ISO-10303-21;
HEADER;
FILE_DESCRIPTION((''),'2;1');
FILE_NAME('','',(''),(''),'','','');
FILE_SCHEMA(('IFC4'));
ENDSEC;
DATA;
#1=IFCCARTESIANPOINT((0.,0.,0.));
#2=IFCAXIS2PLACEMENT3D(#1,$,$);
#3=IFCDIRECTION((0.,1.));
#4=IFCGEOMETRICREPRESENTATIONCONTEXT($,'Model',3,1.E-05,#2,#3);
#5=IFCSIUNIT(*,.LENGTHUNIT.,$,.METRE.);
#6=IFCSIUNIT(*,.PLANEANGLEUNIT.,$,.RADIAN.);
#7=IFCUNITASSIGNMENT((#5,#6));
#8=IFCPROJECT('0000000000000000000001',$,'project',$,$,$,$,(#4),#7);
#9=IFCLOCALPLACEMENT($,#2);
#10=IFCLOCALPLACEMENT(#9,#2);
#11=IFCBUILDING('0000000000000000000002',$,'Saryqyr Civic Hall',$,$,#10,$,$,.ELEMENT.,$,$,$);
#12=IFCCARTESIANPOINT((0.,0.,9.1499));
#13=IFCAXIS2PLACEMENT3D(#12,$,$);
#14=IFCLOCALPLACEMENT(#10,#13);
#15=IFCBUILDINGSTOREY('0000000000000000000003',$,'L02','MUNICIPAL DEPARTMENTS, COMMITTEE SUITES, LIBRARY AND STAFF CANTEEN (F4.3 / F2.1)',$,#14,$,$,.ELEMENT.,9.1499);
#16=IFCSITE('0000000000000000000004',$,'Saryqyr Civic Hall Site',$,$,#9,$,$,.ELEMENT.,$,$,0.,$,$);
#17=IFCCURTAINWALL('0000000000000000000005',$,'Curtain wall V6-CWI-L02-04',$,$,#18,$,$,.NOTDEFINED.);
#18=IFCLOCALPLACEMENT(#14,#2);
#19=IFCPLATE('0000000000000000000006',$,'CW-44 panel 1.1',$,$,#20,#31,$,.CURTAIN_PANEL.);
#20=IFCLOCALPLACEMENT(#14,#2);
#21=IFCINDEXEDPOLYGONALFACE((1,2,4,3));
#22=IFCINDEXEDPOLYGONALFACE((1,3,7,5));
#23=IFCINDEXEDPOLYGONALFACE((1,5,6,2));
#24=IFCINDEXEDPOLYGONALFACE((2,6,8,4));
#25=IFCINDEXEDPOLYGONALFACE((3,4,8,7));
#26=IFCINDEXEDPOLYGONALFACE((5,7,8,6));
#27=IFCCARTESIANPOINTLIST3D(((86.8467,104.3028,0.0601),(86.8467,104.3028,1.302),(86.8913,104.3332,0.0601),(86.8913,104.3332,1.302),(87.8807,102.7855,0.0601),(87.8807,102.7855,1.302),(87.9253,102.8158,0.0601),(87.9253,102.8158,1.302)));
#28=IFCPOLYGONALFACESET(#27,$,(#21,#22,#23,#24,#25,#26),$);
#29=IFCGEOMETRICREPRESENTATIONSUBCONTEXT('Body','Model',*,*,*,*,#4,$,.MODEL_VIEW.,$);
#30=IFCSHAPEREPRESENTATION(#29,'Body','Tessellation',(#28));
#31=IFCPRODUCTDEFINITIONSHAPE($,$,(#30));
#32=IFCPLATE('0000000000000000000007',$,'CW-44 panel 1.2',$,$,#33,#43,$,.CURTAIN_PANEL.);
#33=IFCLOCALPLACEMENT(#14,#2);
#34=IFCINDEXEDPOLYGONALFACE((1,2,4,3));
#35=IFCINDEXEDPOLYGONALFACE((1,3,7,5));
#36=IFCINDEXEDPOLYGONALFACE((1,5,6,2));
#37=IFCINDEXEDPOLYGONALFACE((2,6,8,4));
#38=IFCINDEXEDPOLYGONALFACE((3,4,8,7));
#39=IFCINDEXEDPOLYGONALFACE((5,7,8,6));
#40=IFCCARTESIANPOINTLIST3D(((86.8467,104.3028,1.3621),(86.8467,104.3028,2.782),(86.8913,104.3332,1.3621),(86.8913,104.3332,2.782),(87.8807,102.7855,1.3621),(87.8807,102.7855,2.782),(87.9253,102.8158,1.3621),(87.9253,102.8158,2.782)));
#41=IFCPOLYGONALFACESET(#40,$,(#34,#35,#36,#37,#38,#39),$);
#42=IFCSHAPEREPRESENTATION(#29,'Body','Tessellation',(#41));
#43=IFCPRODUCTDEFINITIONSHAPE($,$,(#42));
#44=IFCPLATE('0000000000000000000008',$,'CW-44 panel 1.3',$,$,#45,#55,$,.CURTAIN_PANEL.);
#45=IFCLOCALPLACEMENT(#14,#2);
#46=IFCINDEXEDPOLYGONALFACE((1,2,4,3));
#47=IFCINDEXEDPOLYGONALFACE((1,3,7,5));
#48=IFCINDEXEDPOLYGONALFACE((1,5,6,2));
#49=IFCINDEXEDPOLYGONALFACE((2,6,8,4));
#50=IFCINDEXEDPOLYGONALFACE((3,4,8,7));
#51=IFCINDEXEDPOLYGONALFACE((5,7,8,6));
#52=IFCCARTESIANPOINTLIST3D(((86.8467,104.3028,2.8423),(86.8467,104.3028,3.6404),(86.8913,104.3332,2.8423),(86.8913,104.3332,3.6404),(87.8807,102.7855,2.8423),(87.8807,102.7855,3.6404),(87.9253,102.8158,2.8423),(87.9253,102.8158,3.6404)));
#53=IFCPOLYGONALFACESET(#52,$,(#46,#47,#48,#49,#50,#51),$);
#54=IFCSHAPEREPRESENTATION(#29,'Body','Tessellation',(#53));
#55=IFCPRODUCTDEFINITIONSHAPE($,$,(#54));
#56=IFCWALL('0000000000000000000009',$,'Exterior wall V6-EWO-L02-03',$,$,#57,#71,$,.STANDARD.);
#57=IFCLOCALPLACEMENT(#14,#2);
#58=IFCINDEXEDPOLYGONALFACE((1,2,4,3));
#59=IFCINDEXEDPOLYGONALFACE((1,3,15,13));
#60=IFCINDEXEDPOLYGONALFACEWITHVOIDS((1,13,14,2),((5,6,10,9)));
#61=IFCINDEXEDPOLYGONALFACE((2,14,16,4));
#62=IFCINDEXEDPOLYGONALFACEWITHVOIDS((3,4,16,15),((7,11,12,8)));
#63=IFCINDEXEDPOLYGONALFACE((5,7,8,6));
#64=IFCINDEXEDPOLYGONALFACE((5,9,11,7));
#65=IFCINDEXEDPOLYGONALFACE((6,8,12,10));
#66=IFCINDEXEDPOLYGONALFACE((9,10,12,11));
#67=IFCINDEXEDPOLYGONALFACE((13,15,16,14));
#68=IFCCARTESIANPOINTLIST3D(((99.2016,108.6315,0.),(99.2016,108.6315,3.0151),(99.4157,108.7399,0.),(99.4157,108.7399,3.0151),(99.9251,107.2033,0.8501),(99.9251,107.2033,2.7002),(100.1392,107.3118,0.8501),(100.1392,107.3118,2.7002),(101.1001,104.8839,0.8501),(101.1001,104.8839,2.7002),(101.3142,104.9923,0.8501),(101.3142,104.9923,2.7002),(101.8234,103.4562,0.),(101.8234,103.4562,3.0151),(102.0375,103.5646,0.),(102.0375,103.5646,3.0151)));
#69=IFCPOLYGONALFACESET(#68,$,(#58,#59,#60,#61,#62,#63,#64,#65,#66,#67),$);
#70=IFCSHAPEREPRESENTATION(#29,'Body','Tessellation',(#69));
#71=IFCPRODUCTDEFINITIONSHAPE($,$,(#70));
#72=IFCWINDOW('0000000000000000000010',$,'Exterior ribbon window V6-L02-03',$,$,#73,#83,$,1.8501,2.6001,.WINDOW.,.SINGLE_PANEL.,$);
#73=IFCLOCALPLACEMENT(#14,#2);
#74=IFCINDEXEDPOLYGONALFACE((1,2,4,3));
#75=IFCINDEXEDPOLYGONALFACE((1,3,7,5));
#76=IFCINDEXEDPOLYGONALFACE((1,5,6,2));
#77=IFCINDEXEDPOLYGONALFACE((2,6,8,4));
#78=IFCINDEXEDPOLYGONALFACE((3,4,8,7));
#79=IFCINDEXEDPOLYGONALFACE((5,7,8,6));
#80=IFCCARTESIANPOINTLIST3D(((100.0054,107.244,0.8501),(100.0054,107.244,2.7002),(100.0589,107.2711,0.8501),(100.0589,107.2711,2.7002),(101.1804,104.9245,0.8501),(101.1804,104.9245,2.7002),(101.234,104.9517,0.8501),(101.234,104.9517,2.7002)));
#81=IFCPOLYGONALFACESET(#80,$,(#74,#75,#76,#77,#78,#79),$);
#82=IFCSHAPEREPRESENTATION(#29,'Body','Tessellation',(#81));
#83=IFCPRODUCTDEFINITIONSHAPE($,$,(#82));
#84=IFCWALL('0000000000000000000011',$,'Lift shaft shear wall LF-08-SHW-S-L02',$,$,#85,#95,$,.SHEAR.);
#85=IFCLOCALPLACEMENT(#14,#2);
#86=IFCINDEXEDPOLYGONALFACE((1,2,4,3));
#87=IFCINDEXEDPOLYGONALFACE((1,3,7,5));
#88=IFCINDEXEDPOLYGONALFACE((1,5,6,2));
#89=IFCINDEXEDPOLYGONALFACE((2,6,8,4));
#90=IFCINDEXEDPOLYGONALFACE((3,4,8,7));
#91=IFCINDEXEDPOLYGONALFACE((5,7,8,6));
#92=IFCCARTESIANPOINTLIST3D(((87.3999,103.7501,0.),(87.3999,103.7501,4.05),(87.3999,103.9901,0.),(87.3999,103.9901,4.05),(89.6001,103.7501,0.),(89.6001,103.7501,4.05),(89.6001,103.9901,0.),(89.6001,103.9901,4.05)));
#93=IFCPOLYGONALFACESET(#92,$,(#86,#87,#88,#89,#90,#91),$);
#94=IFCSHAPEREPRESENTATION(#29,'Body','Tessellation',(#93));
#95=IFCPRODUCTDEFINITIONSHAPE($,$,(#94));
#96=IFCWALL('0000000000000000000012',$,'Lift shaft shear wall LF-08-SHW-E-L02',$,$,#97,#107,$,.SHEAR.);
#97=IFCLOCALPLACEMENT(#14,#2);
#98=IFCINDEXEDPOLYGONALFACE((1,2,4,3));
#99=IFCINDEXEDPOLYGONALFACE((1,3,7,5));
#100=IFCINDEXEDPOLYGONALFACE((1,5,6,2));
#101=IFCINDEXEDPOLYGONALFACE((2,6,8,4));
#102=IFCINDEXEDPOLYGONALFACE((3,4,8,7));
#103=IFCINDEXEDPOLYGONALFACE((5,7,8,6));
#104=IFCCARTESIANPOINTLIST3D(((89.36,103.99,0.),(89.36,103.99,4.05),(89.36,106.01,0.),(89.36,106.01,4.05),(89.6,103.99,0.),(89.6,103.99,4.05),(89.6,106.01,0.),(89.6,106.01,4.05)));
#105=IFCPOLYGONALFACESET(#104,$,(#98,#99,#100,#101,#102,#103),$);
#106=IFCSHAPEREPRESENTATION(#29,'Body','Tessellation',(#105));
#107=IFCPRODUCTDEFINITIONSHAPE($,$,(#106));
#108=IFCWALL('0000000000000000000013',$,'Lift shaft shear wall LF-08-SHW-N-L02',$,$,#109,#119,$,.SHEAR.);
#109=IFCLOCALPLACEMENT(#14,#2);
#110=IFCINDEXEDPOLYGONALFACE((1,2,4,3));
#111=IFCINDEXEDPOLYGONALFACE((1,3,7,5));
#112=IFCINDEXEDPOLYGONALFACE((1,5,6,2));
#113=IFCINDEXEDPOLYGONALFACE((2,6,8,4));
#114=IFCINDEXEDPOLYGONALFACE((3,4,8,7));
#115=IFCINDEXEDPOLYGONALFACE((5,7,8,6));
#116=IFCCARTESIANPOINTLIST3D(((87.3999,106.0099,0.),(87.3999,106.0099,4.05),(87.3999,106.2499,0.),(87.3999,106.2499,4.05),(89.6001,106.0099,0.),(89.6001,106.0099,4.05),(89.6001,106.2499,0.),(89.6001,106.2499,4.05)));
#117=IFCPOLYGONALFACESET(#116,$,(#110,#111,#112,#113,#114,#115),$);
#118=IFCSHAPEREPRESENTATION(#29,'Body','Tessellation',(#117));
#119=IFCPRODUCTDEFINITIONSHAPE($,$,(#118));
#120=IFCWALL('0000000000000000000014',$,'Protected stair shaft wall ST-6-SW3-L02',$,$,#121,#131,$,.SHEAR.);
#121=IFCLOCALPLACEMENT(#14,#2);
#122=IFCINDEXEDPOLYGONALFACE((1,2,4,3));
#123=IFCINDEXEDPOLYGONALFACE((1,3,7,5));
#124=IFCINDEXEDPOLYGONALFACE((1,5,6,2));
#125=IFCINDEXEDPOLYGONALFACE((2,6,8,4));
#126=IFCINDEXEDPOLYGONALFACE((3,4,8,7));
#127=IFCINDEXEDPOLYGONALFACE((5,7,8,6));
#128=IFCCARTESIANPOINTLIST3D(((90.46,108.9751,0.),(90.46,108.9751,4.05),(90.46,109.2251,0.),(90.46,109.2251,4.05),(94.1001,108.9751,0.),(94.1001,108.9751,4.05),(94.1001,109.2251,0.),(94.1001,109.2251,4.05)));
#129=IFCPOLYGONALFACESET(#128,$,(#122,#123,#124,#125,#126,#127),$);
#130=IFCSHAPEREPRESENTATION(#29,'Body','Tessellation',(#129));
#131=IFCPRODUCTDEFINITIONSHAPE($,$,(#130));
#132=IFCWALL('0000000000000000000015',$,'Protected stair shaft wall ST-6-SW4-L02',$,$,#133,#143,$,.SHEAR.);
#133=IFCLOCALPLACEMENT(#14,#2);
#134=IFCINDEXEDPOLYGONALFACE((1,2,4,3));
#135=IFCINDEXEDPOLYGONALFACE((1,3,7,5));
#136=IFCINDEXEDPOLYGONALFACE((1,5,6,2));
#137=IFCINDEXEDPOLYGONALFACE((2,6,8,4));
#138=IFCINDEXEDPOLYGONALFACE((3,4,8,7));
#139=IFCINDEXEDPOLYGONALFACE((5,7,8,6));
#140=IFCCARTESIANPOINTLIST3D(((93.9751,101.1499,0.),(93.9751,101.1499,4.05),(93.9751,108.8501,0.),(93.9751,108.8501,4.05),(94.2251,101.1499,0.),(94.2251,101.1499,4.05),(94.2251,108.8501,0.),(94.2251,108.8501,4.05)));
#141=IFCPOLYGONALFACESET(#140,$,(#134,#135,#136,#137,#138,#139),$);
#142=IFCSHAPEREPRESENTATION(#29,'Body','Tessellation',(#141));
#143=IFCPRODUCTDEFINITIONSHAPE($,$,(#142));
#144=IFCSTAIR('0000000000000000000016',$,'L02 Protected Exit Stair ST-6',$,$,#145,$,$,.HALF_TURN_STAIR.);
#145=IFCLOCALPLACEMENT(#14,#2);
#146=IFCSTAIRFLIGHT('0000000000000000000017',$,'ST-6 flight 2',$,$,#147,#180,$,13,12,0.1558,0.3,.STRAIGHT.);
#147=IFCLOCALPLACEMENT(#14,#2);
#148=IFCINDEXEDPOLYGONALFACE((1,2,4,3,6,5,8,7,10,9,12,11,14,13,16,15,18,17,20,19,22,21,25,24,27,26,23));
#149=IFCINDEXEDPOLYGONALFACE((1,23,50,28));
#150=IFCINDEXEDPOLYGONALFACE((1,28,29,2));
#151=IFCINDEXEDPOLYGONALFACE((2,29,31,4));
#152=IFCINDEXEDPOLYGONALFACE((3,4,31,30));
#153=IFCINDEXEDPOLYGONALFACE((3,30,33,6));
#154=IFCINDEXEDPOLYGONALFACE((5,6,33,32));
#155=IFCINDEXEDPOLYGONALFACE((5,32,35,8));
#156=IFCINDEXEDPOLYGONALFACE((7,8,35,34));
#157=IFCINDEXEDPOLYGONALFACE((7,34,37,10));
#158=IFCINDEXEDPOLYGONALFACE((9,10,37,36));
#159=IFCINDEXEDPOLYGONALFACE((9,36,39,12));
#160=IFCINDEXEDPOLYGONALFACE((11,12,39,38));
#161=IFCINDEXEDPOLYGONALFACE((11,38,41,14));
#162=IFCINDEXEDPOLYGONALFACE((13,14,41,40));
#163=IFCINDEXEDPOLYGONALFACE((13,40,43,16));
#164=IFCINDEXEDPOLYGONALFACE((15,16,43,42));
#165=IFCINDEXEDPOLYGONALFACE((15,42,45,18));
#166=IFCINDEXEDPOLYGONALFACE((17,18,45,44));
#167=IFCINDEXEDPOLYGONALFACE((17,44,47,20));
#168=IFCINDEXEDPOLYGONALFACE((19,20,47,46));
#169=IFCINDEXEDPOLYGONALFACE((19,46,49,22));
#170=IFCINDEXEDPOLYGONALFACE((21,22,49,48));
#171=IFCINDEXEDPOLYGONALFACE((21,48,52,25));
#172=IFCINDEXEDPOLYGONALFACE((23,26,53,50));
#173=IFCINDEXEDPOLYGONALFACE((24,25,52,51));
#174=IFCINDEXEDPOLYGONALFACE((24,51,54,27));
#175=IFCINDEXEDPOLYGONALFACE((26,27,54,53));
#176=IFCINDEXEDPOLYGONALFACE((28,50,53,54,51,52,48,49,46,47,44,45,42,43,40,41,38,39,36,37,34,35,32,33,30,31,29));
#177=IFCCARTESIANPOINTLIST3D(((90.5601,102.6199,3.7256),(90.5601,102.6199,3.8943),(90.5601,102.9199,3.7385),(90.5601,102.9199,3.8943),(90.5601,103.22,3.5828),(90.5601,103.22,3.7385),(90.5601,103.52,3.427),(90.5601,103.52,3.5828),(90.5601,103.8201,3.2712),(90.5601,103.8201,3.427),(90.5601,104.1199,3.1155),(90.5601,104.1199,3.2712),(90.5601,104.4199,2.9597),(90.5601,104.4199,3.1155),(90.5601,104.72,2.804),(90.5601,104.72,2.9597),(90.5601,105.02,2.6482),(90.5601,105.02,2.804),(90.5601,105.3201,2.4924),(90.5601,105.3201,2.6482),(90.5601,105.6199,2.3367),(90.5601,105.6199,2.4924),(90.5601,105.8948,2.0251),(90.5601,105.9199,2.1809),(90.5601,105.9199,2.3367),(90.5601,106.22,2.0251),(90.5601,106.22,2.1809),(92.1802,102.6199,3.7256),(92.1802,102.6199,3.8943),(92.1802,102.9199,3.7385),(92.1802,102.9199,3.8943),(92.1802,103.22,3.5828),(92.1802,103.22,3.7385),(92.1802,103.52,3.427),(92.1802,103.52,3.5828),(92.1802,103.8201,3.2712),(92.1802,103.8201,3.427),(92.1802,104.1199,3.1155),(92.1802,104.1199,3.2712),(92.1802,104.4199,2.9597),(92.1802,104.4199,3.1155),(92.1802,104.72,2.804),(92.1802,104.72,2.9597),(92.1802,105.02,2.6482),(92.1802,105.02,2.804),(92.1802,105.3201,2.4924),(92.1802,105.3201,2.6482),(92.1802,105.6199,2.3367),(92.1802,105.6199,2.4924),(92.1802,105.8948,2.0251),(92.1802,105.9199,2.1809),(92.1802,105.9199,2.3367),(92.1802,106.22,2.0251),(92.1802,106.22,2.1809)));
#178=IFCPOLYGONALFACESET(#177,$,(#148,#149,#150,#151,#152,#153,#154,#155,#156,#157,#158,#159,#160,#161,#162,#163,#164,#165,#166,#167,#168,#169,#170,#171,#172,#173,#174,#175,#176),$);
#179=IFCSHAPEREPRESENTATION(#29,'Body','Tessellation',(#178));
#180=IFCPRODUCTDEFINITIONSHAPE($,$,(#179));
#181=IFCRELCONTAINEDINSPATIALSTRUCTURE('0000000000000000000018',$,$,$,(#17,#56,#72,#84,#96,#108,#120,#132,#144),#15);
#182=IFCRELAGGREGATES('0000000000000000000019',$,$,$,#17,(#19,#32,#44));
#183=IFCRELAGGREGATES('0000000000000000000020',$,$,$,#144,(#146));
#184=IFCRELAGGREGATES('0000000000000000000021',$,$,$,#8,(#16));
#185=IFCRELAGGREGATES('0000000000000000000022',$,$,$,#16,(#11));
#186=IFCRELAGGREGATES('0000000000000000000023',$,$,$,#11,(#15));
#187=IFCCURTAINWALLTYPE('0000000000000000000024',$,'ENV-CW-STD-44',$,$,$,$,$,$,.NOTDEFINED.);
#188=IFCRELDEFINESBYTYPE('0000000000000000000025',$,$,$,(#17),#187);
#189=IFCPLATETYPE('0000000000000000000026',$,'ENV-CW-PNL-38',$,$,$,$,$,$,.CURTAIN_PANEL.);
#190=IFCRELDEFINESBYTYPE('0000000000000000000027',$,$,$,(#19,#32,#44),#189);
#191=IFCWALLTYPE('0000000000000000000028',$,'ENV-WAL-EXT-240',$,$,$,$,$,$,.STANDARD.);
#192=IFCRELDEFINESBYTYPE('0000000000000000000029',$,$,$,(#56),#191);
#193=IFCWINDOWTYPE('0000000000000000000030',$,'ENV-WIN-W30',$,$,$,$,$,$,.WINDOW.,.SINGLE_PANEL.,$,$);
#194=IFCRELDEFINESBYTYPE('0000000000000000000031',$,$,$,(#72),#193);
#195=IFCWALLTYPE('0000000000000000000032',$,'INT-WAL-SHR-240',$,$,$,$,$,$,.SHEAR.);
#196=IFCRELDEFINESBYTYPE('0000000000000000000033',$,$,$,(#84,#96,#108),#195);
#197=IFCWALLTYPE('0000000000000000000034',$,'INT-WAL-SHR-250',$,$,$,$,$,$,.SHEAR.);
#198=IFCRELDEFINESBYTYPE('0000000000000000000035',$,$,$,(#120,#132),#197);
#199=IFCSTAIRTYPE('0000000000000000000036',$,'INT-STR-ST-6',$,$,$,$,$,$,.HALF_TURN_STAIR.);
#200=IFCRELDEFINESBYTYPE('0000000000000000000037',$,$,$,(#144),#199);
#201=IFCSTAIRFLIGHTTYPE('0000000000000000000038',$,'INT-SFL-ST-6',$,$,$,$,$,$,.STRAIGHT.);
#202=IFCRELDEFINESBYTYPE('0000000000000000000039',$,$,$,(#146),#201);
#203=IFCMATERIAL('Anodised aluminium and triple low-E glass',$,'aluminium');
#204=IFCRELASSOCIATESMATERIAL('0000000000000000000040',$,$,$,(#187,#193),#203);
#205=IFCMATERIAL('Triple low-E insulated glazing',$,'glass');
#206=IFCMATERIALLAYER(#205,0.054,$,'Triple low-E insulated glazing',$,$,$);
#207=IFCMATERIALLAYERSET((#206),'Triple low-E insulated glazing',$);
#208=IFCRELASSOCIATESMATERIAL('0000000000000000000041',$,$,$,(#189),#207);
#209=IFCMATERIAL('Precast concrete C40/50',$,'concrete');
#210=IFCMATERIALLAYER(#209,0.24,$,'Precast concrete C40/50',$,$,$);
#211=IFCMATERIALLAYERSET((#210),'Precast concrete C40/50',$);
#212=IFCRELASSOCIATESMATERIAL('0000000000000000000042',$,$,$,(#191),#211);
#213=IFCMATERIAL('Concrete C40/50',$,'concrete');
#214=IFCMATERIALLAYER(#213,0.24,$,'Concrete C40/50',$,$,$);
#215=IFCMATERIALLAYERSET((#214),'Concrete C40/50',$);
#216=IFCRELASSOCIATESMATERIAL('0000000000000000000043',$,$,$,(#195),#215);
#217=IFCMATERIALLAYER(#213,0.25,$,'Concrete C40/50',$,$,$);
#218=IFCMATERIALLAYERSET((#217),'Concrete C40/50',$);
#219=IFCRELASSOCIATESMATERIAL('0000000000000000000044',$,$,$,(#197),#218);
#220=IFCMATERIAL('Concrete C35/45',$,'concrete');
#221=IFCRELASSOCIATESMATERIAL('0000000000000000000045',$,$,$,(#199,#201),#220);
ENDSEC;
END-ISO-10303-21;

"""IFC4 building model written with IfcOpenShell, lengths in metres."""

from ifc_helpers import new_model, si_unit, direction, frame, frame_2d, origin, origin_2d, place, context, subcontext, project, spatial, polyline, rectangle, outline, extrude, material, layer, layer_set, type_object, element, fill, aggregate, save


model = new_model("IFC4")

# Units and contexts
model_context = context("Model", 3, precision=1e-05, world=origin(), true_north=direction((0.0, 1.0)))
body_context = subcontext(model_context, "Body", "Model", "MODEL_VIEW")
ifc_project = project(units=[si_unit("LENGTHUNIT", "METRE"), si_unit("PLANEANGLEUNIT", "RADIAN")], contexts=[model_context])

# Site, building, storey
site_placement = place(None, origin())
site = spatial("IfcSite", under=ifc_project, at=site_placement, Name="Saryqyr Civic Hall Site", CompositionType="ELEMENT", RefElevation=0.0)
building_placement = place(site_placement, origin())
building = spatial("IfcBuilding", under=site, at=building_placement, Name="Saryqyr Civic Hall", CompositionType="ELEMENT")
storey_placement = place(building_placement, frame((0.0, 0.0, 9.1499)))
storey = spatial("IfcBuildingStorey", under=building, at=storey_placement, Name="L02", Description="MUNICIPAL DEPARTMENTS, COMMITTEE SUITES, LIBRARY AND STAFF CANTEEN (F4.3 / F2.1)", CompositionType="ELEMENT", Elevation=9.1499)

# Shared definitions
ifc_material_1 = material(Name="Concrete C40/50", Category="concrete")

# Shared definitions
ifc_material_2 = material(Name="Anodised aluminium and triple low-E glass", Category="aluminium")

# Curtain wall
curtain_wall_type_1 = type_object("IfcCurtainWallType", Name="ENV-CW-STD-44", PredefinedType="NOTDEFINED", material=ifc_material_2)
curtain_wall_1_placement = place(storey_placement, origin())
curtain_wall_1 = element("IfcCurtainWall", 1, at=curtain_wall_1_placement, inside=storey, type_object=curtain_wall_type_1, Name="Curtain wall V6-CWI-L02-04", PredefinedType="NOTDEFINED")

# Shared definitions
ifc_material_3 = material(Name="Concrete C35/45", Category="concrete")

# Plates
ifc_material_4 = material(Name="Triple low-E insulated glazing", Category="glass")
ifc_layer_1 = layer(ifc_material_4, 0.054, Name="Triple low-E insulated glazing")
ifc_layer_set_1 = layer_set([ifc_layer_1], Name="Triple low-E insulated glazing")
plate_type = type_object("IfcPlateType", Name="ENV-CW-PNL-38", PredefinedType="CURTAIN_PANEL", material=ifc_layer_set_1)
plate_1_placement = place(storey_placement, frame((87.386, 103.5593, 0.0601), z_axis=(0.0, 0.0, 1.0), x_axis=(-0.56313, 0.826368, 0.0)))
plate_1 = element("IfcPlate", 2, at=plate_1_placement, type_object=plate_type, Name="CW-44 panel 1.1", PredefinedType="CURTAIN_PANEL", context=body_context, shape_type="SweptSolid", body=[
    extrude(rectangle(XDim=1.8362, YDim=0.054, at=origin_2d()), origin(), (0.0, 0.0, 1.0), 1.2419),
])
plate_2_placement = place(storey_placement, frame((87.386, 103.5593, 1.3621), z_axis=(0.0, 0.0, 1.0), x_axis=(-0.56313, 0.826368, 0.0)))
plate_2 = element("IfcPlate", 3, at=plate_2_placement, type_object=plate_type, Name="CW-44 panel 1.2", PredefinedType="CURTAIN_PANEL", context=body_context, shape_type="SweptSolid", body=[
    extrude(rectangle(XDim=1.8362, YDim=0.054, at=origin_2d()), origin(), (0.0, 0.0, 1.0), 1.4199),
])
plate_3_placement = place(storey_placement, frame((87.386, 103.5593, 2.8423), z_axis=(0.0, 0.0, 1.0), x_axis=(-0.56313, 0.826368, 0.0)))
plate_3 = element("IfcPlate", 4, at=plate_3_placement, type_object=plate_type, Name="CW-44 panel 1.3", PredefinedType="CURTAIN_PANEL", context=body_context, shape_type="SweptSolid", body=[
    extrude(rectangle(XDim=1.8362, YDim=0.054, at=origin_2d()), origin(), (0.0, 0.0, 1.0), 0.7981),
])
aggregate(curtain_wall_1, [plate_1, plate_2, plate_3])

# Wall, opening, window
ifc_material_5 = material(Name="Precast concrete C40/50", Category="concrete")
ifc_layer_2 = layer(ifc_material_5, 0.24, Name="Precast concrete C40/50")
ifc_layer_set_2 = layer_set([ifc_layer_2], Name="Precast concrete C40/50")
wall_type_1 = type_object("IfcWallType", Name="ENV-WAL-EXT-240", PredefinedType="STANDARD", material=ifc_layer_set_2)
wall_1_placement = place(storey_placement, frame((99.3086, 108.6858, 0.0), z_axis=(0.0, 0.0, 1.0), x_axis=(0.451921, -0.892058, 0.0)))
wall_1 = element("IfcWall", 5, at=wall_1_placement, inside=storey, type_object=wall_type_1, Name="Exterior wall V6-EWO-L02-03", PredefinedType="STANDARD", context=body_context, shape_type="SweptSolid", body=[
    extrude(rectangle(XDim=5.8015, YDim=0.24, at=frame_2d((2.9009, 0.0))), origin(), (0.0, 0.0, 1.0), 3.0151),
])
opening_1_placement = place(wall_1_placement, frame((1.6011, 0.0, 0.8501)))
opening_1 = element("IfcOpeningElement", 6, at=opening_1_placement, cuts=wall_1, PredefinedType="OPENING", context=body_context, shape_type="SweptSolid", body=[
    extrude(rectangle(XDim=2.6001, YDim=1.8501, at=frame_2d((1.3, 0.925))), frame((0.0, 0.1299, 0.0), z_axis=(0.0, -1.0, 0.0), x_axis=(1.0, 0.0, 0.0)), (0.0, 0.0, 1.0), 0.26),
])
window_type = type_object("IfcWindowType", Name="ENV-WIN-W30", PartitioningType="SINGLE_PANEL", PredefinedType="WINDOW", material=ifc_material_2)
window_placement = place(opening_1_placement, origin())
window = element("IfcWindow", 7, at=window_placement, inside=storey, type_object=window_type, Name="Exterior ribbon window V6-L02-03", OverallHeight=1.8501, OverallWidth=2.6001, PartitioningType="SINGLE_PANEL", PredefinedType="WINDOW", context=body_context, shape_type="SweptSolid", body=[
    extrude(rectangle(XDim=2.6001, YDim=1.8501, at=frame_2d((1.3, 0.925))), frame((0.0, 0.03, 0.0), z_axis=(0.0, -1.0, 0.0), x_axis=(1.0, 0.0, 0.0)), (0.0, 0.0, 1.0), 0.0601),
])
fill(opening_1, window)

# Walls
ifc_layer_3 = layer(ifc_material_1, 0.24, Name="Concrete C40/50")
ifc_layer_set_3 = layer_set([ifc_layer_3], Name="Concrete C40/50")
wall_type_2 = type_object("IfcWallType", Name="INT-WAL-SHR-240", PredefinedType="SHEAR", material=ifc_layer_set_3)
wall_2_placement = place(storey_placement, frame((89.6001, 103.8701, 0.0), z_axis=(0.0, 0.0, 1.0), x_axis=(-1.0, 0.0, 0.0)))
element("IfcWall", 8, at=wall_2_placement, inside=storey, type_object=wall_type_2, Name="Lift shaft shear wall LF-08-SHW-S-L02", PredefinedType="SHEAR", context=body_context, shape_type="SweptSolid", body=[
    extrude(rectangle(XDim=2.2002, YDim=0.24, at=frame_2d((1.1001, 0.0))), origin(), (0.0, 0.0, 1.0), 4.05),
])
wall_3_placement = place(storey_placement, frame((89.48, 106.01, 0.0), z_axis=(0.0, 0.0, 1.0), x_axis=(0.0, -1.0, 0.0)))
element("IfcWall", 9, at=wall_3_placement, inside=storey, type_object=wall_type_2, Name="Lift shaft shear wall LF-08-SHW-E-L02", PredefinedType="SHEAR", context=body_context, shape_type="SweptSolid", body=[
    extrude(rectangle(XDim=2.02, YDim=0.24, at=frame_2d((1.01, 0.0))), origin(), (0.0, 0.0, 1.0), 4.05),
])
wall_4_placement = place(storey_placement, frame((87.3999, 106.1299, 0.0), z_axis=(0.0, 0.0, 1.0), x_axis=(1.0, 0.0, 0.0)))
element("IfcWall", 10, at=wall_4_placement, inside=storey, type_object=wall_type_2, Name="Lift shaft shear wall LF-08-SHW-N-L02", PredefinedType="SHEAR", context=body_context, shape_type="SweptSolid", body=[
    extrude(rectangle(XDim=2.2002, YDim=0.24, at=frame_2d((1.1001, 0.0))), origin(), (0.0, 0.0, 1.0), 4.05),
])

# Walls
ifc_layer_4 = layer(ifc_material_1, 0.25, Name="Concrete C40/50")
ifc_layer_set_4 = layer_set([ifc_layer_4], Name="Concrete C40/50")
wall_type_3 = type_object("IfcWallType", Name="INT-WAL-SHR-250", PredefinedType="SHEAR", material=ifc_layer_set_4)
wall_5_placement = place(storey_placement, frame((90.46, 109.1001, 0.0), z_axis=(0.0, 0.0, 1.0), x_axis=(1.0, 0.0, 0.0)))
element("IfcWall", 11, at=wall_5_placement, inside=storey, type_object=wall_type_3, Name="Protected stair shaft wall ST-6-SW3-L02", PredefinedType="SHEAR", context=body_context, shape_type="SweptSolid", body=[
    extrude(rectangle(XDim=3.6401, YDim=0.25, at=frame_2d((1.8201, 0.0))), origin(), (0.0, 0.0, 1.0), 4.05),
])
wall_6_placement = place(storey_placement, frame((94.1001, 108.8501, 0.0), z_axis=(0.0, 0.0, 1.0), x_axis=(0.0, -1.0, 0.0)))
element("IfcWall", 12, at=wall_6_placement, inside=storey, type_object=wall_type_3, Name="Protected stair shaft wall ST-6-SW4-L02", PredefinedType="SHEAR", context=body_context, shape_type="SweptSolid", body=[
    extrude(rectangle(XDim=7.7002, YDim=0.25, at=frame_2d((3.8501, 0.0))), origin(), (0.0, 0.0, 1.0), 4.05),
])

# Stair, stair flight
stair_type = type_object("IfcStairType", Name="INT-STR-ST-6", PredefinedType="HALF_TURN_STAIR", material=ifc_material_3)
stair_placement = place(storey_placement, origin())
stair = element("IfcStair", 13, at=stair_placement, inside=storey, type_object=stair_type, Name="L02 Protected Exit Stair ST-6", PredefinedType="HALF_TURN_STAIR")
stair_flight_type = type_object("IfcStairFlightType", Name="INT-SFL-ST-6", PredefinedType="STRAIGHT", material=ifc_material_3)
stair_flight_placement = place(storey_placement, frame((91.3701, 106.22, 2.0251), z_axis=(0.0, 0.0, 1.0), x_axis=(0.0, -1.0, 0.0)))
stair_flight = element("IfcStairFlight", 14, at=stair_flight_placement, type_object=stair_flight_type, Name="ST-6 flight 2", NumberOfRisers=13, NumberOfTreads=12, PredefinedType="STRAIGHT", RiserHeight=0.1558, TreadLength=0.3, context=body_context, shape_type="SweptSolid", body=[
    extrude(outline(polyline([(0.0, 0.0), (0.0, 0.1558), (0.3, 0.1558), (0.3, 0.3115), (0.6001, 0.3115), (0.6001, 0.4673), (0.8999, 0.4673), (0.8999, 0.623), (1.2, 0.623), (1.2, 0.7788), (1.5, 0.7788), (1.5, 0.9346), (1.8, 0.9346), (1.8, 1.0903), (2.1001, 1.0903), (2.1001, 1.2461), (2.3999, 1.2461), (2.3999, 1.4019), (2.7, 1.4019), (2.7, 1.5576), (3.0, 1.5576), (3.0, 1.7134), (3.3, 1.7134), (3.3, 1.8691), (3.6001, 1.8691), (3.6001, 2.0249), (3.6001, 1.7004), (0.3252, 0.0), (0.0, 0.0)])), frame((0.0, 0.8101, 0.0), z_axis=(0.0, -1.0, 0.0), x_axis=(1.0, 0.0, 0.0)), (0.0, 0.0, 1.0), 1.6201),
])
aggregate(stair, [stair_flight])

save(model, "model.ifc")
